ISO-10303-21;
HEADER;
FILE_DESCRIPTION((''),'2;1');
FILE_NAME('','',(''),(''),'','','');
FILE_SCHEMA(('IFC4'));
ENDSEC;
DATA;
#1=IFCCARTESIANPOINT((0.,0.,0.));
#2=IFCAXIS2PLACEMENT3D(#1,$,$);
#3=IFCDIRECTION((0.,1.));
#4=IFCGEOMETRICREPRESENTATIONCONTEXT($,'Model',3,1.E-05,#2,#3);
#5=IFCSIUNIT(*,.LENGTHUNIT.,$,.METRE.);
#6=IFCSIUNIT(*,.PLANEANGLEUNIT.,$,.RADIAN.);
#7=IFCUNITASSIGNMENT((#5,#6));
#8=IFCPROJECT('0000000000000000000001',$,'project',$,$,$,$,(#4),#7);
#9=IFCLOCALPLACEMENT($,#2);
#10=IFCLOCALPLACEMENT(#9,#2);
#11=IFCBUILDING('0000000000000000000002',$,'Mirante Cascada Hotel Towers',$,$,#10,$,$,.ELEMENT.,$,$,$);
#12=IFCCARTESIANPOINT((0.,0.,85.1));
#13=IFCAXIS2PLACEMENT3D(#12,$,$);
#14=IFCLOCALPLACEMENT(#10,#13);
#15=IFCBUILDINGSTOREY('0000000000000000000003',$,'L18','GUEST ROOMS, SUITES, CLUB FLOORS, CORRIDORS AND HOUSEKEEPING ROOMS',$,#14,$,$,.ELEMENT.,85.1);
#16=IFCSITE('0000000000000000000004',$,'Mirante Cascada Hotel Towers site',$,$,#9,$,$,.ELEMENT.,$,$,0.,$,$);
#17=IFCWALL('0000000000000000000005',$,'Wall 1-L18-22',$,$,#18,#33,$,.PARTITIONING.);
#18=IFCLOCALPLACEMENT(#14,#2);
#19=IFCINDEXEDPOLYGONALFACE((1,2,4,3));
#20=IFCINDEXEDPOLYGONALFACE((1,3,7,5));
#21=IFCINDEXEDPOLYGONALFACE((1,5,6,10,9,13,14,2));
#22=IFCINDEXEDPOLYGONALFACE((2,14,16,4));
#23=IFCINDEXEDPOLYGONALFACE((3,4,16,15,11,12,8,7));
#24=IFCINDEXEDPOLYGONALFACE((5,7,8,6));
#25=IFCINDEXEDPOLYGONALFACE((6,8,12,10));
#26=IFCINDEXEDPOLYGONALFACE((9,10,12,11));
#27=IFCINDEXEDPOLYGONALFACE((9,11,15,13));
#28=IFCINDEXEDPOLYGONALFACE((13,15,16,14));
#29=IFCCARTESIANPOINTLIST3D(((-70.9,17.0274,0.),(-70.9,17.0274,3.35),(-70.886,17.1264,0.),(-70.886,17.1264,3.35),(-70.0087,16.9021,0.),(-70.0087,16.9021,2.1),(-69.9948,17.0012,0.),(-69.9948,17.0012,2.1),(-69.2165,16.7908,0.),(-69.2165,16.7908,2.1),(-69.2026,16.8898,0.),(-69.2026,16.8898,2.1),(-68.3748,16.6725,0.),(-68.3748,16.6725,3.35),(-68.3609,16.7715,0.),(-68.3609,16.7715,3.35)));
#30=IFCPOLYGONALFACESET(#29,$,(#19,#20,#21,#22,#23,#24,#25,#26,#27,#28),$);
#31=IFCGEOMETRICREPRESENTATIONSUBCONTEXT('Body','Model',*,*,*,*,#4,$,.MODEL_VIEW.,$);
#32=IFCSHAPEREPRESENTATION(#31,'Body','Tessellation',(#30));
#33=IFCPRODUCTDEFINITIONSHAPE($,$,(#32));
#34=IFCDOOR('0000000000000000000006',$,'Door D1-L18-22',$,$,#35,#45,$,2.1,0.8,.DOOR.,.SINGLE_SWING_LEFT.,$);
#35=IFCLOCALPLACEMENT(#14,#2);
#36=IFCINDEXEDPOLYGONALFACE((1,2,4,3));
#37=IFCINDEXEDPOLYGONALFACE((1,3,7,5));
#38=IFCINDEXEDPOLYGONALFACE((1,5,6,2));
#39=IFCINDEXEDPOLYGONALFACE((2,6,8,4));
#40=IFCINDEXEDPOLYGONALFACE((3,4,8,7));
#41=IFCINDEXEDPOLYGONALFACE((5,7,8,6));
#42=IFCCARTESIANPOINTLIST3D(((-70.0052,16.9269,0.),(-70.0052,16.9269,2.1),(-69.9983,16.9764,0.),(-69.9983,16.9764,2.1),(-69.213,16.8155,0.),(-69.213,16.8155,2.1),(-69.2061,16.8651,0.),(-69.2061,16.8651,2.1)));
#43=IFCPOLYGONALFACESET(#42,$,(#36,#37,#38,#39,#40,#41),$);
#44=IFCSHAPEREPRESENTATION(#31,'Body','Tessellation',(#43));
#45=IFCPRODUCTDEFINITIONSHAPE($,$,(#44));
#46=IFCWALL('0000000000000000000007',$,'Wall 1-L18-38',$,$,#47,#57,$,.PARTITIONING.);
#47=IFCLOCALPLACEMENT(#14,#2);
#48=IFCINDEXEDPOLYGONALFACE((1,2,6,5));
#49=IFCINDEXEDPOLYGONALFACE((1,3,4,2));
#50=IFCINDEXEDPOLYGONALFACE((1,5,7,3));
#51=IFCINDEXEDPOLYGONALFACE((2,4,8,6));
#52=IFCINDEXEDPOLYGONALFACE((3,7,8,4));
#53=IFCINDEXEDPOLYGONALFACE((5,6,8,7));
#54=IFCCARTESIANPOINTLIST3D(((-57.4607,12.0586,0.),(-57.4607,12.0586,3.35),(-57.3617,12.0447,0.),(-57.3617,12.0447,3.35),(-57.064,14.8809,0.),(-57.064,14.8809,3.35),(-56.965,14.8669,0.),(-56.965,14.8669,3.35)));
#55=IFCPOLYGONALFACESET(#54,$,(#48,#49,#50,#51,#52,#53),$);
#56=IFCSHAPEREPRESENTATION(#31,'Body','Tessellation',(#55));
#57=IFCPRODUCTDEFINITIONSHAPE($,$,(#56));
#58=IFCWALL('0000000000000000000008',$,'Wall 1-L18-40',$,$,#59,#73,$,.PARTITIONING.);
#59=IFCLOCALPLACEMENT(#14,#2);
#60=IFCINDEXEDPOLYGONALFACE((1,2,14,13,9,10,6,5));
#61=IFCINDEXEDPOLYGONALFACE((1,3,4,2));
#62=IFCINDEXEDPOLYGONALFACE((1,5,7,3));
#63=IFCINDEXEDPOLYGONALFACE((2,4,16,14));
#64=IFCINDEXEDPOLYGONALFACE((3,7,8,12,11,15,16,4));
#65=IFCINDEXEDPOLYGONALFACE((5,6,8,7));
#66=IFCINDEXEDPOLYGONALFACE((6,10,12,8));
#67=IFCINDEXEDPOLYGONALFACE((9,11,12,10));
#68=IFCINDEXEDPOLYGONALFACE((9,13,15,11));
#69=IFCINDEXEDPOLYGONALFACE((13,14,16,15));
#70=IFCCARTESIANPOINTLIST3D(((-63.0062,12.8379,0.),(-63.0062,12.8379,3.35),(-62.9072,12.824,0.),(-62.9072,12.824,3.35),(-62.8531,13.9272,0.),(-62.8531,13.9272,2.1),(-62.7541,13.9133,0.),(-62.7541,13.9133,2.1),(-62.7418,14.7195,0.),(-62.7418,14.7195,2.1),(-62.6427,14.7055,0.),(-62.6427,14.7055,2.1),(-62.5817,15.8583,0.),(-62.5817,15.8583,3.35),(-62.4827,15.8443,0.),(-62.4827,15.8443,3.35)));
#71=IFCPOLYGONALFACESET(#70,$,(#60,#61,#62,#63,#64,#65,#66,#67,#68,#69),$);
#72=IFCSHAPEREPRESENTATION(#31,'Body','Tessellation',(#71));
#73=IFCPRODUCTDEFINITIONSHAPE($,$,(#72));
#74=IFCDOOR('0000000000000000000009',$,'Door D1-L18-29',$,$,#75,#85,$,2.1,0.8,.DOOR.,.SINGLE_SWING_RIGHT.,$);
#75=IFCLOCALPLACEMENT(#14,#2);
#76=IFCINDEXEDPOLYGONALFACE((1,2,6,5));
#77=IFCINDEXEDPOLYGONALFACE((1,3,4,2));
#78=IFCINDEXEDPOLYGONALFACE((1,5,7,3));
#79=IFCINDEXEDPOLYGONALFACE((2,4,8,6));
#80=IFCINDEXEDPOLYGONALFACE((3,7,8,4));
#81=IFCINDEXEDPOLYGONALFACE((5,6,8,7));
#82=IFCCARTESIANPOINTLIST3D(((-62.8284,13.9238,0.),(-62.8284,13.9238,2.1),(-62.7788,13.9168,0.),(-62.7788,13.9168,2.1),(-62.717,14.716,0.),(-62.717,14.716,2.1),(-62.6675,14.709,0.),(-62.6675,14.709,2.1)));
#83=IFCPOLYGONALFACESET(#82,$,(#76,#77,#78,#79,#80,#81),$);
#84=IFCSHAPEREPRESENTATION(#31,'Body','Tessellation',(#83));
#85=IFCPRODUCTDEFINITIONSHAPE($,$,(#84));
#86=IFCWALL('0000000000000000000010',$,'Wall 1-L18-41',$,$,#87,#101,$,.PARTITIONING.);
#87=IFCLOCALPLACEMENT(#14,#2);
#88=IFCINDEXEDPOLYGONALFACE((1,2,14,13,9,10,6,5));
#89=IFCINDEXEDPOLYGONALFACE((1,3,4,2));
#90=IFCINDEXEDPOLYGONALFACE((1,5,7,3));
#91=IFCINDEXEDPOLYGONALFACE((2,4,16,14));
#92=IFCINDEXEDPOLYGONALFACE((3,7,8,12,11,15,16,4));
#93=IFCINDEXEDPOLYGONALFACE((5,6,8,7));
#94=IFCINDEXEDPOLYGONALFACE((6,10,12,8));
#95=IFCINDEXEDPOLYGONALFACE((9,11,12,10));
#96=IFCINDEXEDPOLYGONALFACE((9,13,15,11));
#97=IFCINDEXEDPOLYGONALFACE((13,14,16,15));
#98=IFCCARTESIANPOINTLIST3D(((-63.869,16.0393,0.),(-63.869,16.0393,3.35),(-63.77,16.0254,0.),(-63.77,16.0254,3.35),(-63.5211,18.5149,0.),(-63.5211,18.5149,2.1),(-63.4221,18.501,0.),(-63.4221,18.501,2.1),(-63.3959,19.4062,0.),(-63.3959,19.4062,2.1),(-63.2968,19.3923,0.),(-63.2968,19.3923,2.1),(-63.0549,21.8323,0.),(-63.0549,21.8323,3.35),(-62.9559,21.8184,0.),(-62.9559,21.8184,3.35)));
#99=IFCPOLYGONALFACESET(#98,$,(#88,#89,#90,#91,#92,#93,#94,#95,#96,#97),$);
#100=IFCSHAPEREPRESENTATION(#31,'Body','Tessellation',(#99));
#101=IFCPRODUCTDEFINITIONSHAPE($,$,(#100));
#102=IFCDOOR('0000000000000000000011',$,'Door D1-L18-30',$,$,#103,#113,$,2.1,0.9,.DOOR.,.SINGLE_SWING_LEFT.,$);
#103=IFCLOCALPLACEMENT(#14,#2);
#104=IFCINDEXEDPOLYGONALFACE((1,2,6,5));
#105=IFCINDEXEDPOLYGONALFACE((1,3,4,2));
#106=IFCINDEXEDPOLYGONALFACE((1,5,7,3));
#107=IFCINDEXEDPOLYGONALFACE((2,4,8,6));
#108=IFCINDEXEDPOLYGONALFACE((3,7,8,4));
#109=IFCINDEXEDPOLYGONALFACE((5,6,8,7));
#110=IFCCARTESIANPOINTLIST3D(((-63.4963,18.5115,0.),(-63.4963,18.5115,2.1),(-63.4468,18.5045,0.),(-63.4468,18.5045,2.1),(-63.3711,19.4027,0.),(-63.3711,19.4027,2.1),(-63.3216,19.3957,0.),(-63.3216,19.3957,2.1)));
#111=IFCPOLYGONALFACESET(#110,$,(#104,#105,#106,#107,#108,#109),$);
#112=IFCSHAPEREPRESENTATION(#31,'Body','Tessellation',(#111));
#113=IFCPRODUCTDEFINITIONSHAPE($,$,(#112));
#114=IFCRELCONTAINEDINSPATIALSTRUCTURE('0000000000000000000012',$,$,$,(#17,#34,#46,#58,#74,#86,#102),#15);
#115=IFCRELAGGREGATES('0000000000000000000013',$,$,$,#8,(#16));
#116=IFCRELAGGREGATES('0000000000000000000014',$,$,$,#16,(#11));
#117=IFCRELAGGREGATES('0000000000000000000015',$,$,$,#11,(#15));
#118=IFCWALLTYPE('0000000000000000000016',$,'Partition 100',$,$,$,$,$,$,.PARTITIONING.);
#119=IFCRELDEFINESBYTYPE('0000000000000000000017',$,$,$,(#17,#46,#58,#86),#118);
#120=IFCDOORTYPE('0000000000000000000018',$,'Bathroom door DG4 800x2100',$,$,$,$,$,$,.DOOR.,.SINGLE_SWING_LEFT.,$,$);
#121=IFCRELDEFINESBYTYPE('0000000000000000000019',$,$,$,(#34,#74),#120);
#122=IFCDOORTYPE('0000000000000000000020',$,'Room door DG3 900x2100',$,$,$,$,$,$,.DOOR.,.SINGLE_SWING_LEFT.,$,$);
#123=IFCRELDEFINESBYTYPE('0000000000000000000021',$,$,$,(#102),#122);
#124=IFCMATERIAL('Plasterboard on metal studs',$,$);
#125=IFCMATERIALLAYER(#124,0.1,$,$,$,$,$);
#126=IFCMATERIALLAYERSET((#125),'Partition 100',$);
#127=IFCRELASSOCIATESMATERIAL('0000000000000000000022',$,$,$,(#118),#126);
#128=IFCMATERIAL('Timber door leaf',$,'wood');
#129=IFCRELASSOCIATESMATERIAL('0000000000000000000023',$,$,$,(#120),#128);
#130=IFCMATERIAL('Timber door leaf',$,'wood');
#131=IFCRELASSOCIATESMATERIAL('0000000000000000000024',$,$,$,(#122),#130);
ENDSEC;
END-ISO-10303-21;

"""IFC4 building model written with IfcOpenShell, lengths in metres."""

from ifc_helpers import new_model, si_unit, direction, frame, frame_2d, origin, place, context, subcontext, project, spatial, rectangle, extrude, material, layer, layer_set, type_object, element, fill, save


model = new_model("IFC4")

# Units and contexts
model_context = context("Model", 3, precision=1e-05, world=origin(), true_north=direction((0.0, 1.0)))
body_context = subcontext(model_context, "Body", "Model", "MODEL_VIEW")
ifc_project = project(units=[si_unit("LENGTHUNIT", "METRE"), si_unit("PLANEANGLEUNIT", "RADIAN")], contexts=[model_context])

# Site, building, storey
site_placement = place(None, origin())
site = spatial("IfcSite", under=ifc_project, at=site_placement, Name="Mirante Cascada Hotel Towers site", CompositionType="ELEMENT", RefElevation=0.0)
building_placement = place(site_placement, origin())
building = spatial("IfcBuilding", under=site, at=building_placement, Name="Mirante Cascada Hotel Towers", CompositionType="ELEMENT")
storey_placement = place(building_placement, frame((0.0, 0.0, 85.1)))
storey = spatial("IfcBuildingStorey", under=building, at=storey_placement, Name="L18", Description="GUEST ROOMS, SUITES, CLUB FLOORS, CORRIDORS AND HOUSEKEEPING ROOMS", CompositionType="ELEMENT", Elevation=85.1)

# Shared definitions
ifc_material_1 = material(Name="Plasterboard on metal studs")
ifc_layer_1 = layer(ifc_material_1, 0.1)
ifc_layer_set_1 = layer_set([ifc_layer_1], Name="Partition 100")
wall_type_1 = type_object("IfcWallType", Name="Partition 100", PredefinedType="PARTITIONING", material=ifc_layer_set_1)
ifc_material_2 = material(Name="Timber door leaf", Category="wood")
door_type_1 = type_object("IfcDoorType", Name="Bathroom door DG4 800x2100", OperationType="SINGLE_SWING_LEFT", PredefinedType="DOOR", material=ifc_material_2)

# Wall, opening, door
wall_1_placement = place(storey_placement, frame((-70.893, 17.0769, 0.0), z_axis=(0.0, 0.0, 1.0), x_axis=(0.990268, -0.139176, 0.0)))
wall_1 = element("IfcWall", 1, at=wall_1_placement, inside=storey, type_object=wall_type_1, Name="Wall 1-L18-22", PredefinedType="PARTITIONING", context=body_context, shape_type="SweptSolid", body=[
    extrude(rectangle(XDim=2.55, YDim=0.1, at=frame_2d((1.275, 0.0))), origin(), (0.0, 0.0, 1.0), 3.35),
])
opening_1_placement = place(wall_1_placement, frame((0.9, 0.0, 0.0)))
opening_1 = element("IfcOpeningElement", 2, at=opening_1_placement, cuts=wall_1, PredefinedType="OPENING", context=body_context, shape_type="SweptSolid", body=[
    extrude(rectangle(XDim=0.8, YDim=2.1, at=frame_2d((0.4, 1.05))), frame((0.0, 0.05, 0.0), z_axis=(0.0, -1.0, 0.0), x_axis=(1.0, 0.0, 0.0)), (0.0, 0.0, 1.0), 0.1),
])
door_1_placement = place(opening_1_placement, origin())
door_1 = element("IfcDoor", 3, at=door_1_placement, inside=storey, type_object=door_type_1, Name="Door D1-L18-22", OperationType="SINGLE_SWING_LEFT", OverallHeight=2.1, OverallWidth=0.8, PredefinedType="DOOR", context=body_context, shape_type="SweptSolid", body=[
    extrude(rectangle(XDim=0.8, YDim=2.1, at=frame_2d((0.4, 1.05))), frame((0.0, 0.025, 0.0), z_axis=(0.0, -1.0, 0.0), x_axis=(1.0, 0.0, 0.0)), (0.0, 0.0, 1.0), 0.05),
])
fill(opening_1, door_1)

# Wall
wall_2_placement = place(storey_placement, frame((-57.0145, 14.8739, 0.0), z_axis=(0.0, 0.0, 1.0), x_axis=(-0.139191, -0.990266, 0.0)))
element("IfcWall", 4, at=wall_2_placement, inside=storey, type_object=wall_type_1, Name="Wall 1-L18-38", PredefinedType="PARTITIONING", context=body_context, shape_type="SweptSolid", body=[
    extrude(rectangle(XDim=2.85, YDim=0.1, at=frame_2d((1.425, 0.0))), origin(), (0.0, 0.0, 1.0), 3.35),
])

# Walls, openings, doors
wall_3_placement = place(storey_placement, frame((-62.5322, 15.8513, 0.0), z_axis=(0.0, 0.0, 1.0), x_axis=(-0.139181, -0.990267, 0.0)))
wall_3 = element("IfcWall", 5, at=wall_3_placement, inside=storey, type_object=wall_type_1, Name="Wall 1-L18-40", PredefinedType="PARTITIONING", context=body_context, shape_type="SweptSolid", body=[
    extrude(rectangle(XDim=3.05, YDim=0.1, at=frame_2d((1.525, 0.0))), origin(), (0.0, 0.0, 1.0), 3.35),
])
opening_2_placement = place(wall_3_placement, frame((1.15, 0.0, 0.0)))
opening_2 = element("IfcOpeningElement", 6, at=opening_2_placement, cuts=wall_3, PredefinedType="OPENING", context=body_context, shape_type="SweptSolid", body=[
    extrude(rectangle(XDim=0.8, YDim=2.1, at=frame_2d((0.4, 1.05))), frame((0.0, 0.05, 0.0), z_axis=(0.0, -1.0, 0.0), x_axis=(1.0, 0.0, 0.0)), (0.0, 0.0, 1.0), 0.1),
])
door_2_placement = place(opening_2_placement, frame((0.8, 0.0, 0.0), z_axis=(0.0, 0.0, 1.0), x_axis=(-1.0, 0.0, 0.0)))
door_2 = element("IfcDoor", 7, at=door_2_placement, inside=storey, type_object=door_type_1, Name="Door D1-L18-29", OperationType="SINGLE_SWING_RIGHT", OverallHeight=2.1, OverallWidth=0.8, PredefinedType="DOOR", context=body_context, shape_type="SweptSolid", body=[
    extrude(rectangle(XDim=0.8, YDim=2.1, at=frame_2d((0.4, 1.05))), frame((0.0, 0.025, 0.0), z_axis=(0.0, -1.0, 0.0), x_axis=(1.0, 0.0, 0.0)), (0.0, 0.0, 1.0), 0.05),
])
fill(opening_2, door_2)
wall_4_placement = place(storey_placement, frame((-63.8195, 16.0323, 0.0), z_axis=(0.0, 0.0, 1.0), x_axis=(0.139164, 0.990269, 0.0)))
wall_4 = element("IfcWall", 8, at=wall_4_placement, inside=storey, type_object=wall_type_1, Name="Wall 1-L18-41", PredefinedType="PARTITIONING", context=body_context, shape_type="SweptSolid", body=[
    extrude(rectangle(XDim=5.8499, YDim=0.1, at=frame_2d((2.925, 0.0))), origin(), (0.0, 0.0, 1.0), 3.35),
])
opening_3_placement = place(wall_4_placement, frame((2.5, 0.0, 0.0)))
opening_3 = element("IfcOpeningElement", 9, at=opening_3_placement, cuts=wall_4, PredefinedType="OPENING", context=body_context, shape_type="SweptSolid", body=[
    extrude(rectangle(XDim=0.9, YDim=2.1, at=frame_2d((0.45, 1.05))), frame((0.0, 0.05, 0.0), z_axis=(0.0, -1.0, 0.0), x_axis=(1.0, 0.0, 0.0)), (0.0, 0.0, 1.0), 0.1),
])
ifc_material_3 = material(Name="Timber door leaf", Category="wood")
door_type_2 = type_object("IfcDoorType", Name="Room door DG3 900x2100", OperationType="SINGLE_SWING_LEFT", PredefinedType="DOOR", material=ifc_material_3)
door_3_placement = place(opening_3_placement, origin())
door_3 = element("IfcDoor", 10, at=door_3_placement, inside=storey, type_object=door_type_2, Name="Door D1-L18-30", OperationType="SINGLE_SWING_LEFT", OverallHeight=2.1, OverallWidth=0.9, PredefinedType="DOOR", context=body_context, shape_type="SweptSolid", body=[
    extrude(rectangle(XDim=0.9, YDim=2.1, at=frame_2d((0.45, 1.05))), frame((0.0, 0.025, 0.0), z_axis=(0.0, -1.0, 0.0), x_axis=(1.0, 0.0, 0.0)), (0.0, 0.0, 1.0), 0.05),
])
fill(opening_3, door_3)

save(model, "model.ifc")
